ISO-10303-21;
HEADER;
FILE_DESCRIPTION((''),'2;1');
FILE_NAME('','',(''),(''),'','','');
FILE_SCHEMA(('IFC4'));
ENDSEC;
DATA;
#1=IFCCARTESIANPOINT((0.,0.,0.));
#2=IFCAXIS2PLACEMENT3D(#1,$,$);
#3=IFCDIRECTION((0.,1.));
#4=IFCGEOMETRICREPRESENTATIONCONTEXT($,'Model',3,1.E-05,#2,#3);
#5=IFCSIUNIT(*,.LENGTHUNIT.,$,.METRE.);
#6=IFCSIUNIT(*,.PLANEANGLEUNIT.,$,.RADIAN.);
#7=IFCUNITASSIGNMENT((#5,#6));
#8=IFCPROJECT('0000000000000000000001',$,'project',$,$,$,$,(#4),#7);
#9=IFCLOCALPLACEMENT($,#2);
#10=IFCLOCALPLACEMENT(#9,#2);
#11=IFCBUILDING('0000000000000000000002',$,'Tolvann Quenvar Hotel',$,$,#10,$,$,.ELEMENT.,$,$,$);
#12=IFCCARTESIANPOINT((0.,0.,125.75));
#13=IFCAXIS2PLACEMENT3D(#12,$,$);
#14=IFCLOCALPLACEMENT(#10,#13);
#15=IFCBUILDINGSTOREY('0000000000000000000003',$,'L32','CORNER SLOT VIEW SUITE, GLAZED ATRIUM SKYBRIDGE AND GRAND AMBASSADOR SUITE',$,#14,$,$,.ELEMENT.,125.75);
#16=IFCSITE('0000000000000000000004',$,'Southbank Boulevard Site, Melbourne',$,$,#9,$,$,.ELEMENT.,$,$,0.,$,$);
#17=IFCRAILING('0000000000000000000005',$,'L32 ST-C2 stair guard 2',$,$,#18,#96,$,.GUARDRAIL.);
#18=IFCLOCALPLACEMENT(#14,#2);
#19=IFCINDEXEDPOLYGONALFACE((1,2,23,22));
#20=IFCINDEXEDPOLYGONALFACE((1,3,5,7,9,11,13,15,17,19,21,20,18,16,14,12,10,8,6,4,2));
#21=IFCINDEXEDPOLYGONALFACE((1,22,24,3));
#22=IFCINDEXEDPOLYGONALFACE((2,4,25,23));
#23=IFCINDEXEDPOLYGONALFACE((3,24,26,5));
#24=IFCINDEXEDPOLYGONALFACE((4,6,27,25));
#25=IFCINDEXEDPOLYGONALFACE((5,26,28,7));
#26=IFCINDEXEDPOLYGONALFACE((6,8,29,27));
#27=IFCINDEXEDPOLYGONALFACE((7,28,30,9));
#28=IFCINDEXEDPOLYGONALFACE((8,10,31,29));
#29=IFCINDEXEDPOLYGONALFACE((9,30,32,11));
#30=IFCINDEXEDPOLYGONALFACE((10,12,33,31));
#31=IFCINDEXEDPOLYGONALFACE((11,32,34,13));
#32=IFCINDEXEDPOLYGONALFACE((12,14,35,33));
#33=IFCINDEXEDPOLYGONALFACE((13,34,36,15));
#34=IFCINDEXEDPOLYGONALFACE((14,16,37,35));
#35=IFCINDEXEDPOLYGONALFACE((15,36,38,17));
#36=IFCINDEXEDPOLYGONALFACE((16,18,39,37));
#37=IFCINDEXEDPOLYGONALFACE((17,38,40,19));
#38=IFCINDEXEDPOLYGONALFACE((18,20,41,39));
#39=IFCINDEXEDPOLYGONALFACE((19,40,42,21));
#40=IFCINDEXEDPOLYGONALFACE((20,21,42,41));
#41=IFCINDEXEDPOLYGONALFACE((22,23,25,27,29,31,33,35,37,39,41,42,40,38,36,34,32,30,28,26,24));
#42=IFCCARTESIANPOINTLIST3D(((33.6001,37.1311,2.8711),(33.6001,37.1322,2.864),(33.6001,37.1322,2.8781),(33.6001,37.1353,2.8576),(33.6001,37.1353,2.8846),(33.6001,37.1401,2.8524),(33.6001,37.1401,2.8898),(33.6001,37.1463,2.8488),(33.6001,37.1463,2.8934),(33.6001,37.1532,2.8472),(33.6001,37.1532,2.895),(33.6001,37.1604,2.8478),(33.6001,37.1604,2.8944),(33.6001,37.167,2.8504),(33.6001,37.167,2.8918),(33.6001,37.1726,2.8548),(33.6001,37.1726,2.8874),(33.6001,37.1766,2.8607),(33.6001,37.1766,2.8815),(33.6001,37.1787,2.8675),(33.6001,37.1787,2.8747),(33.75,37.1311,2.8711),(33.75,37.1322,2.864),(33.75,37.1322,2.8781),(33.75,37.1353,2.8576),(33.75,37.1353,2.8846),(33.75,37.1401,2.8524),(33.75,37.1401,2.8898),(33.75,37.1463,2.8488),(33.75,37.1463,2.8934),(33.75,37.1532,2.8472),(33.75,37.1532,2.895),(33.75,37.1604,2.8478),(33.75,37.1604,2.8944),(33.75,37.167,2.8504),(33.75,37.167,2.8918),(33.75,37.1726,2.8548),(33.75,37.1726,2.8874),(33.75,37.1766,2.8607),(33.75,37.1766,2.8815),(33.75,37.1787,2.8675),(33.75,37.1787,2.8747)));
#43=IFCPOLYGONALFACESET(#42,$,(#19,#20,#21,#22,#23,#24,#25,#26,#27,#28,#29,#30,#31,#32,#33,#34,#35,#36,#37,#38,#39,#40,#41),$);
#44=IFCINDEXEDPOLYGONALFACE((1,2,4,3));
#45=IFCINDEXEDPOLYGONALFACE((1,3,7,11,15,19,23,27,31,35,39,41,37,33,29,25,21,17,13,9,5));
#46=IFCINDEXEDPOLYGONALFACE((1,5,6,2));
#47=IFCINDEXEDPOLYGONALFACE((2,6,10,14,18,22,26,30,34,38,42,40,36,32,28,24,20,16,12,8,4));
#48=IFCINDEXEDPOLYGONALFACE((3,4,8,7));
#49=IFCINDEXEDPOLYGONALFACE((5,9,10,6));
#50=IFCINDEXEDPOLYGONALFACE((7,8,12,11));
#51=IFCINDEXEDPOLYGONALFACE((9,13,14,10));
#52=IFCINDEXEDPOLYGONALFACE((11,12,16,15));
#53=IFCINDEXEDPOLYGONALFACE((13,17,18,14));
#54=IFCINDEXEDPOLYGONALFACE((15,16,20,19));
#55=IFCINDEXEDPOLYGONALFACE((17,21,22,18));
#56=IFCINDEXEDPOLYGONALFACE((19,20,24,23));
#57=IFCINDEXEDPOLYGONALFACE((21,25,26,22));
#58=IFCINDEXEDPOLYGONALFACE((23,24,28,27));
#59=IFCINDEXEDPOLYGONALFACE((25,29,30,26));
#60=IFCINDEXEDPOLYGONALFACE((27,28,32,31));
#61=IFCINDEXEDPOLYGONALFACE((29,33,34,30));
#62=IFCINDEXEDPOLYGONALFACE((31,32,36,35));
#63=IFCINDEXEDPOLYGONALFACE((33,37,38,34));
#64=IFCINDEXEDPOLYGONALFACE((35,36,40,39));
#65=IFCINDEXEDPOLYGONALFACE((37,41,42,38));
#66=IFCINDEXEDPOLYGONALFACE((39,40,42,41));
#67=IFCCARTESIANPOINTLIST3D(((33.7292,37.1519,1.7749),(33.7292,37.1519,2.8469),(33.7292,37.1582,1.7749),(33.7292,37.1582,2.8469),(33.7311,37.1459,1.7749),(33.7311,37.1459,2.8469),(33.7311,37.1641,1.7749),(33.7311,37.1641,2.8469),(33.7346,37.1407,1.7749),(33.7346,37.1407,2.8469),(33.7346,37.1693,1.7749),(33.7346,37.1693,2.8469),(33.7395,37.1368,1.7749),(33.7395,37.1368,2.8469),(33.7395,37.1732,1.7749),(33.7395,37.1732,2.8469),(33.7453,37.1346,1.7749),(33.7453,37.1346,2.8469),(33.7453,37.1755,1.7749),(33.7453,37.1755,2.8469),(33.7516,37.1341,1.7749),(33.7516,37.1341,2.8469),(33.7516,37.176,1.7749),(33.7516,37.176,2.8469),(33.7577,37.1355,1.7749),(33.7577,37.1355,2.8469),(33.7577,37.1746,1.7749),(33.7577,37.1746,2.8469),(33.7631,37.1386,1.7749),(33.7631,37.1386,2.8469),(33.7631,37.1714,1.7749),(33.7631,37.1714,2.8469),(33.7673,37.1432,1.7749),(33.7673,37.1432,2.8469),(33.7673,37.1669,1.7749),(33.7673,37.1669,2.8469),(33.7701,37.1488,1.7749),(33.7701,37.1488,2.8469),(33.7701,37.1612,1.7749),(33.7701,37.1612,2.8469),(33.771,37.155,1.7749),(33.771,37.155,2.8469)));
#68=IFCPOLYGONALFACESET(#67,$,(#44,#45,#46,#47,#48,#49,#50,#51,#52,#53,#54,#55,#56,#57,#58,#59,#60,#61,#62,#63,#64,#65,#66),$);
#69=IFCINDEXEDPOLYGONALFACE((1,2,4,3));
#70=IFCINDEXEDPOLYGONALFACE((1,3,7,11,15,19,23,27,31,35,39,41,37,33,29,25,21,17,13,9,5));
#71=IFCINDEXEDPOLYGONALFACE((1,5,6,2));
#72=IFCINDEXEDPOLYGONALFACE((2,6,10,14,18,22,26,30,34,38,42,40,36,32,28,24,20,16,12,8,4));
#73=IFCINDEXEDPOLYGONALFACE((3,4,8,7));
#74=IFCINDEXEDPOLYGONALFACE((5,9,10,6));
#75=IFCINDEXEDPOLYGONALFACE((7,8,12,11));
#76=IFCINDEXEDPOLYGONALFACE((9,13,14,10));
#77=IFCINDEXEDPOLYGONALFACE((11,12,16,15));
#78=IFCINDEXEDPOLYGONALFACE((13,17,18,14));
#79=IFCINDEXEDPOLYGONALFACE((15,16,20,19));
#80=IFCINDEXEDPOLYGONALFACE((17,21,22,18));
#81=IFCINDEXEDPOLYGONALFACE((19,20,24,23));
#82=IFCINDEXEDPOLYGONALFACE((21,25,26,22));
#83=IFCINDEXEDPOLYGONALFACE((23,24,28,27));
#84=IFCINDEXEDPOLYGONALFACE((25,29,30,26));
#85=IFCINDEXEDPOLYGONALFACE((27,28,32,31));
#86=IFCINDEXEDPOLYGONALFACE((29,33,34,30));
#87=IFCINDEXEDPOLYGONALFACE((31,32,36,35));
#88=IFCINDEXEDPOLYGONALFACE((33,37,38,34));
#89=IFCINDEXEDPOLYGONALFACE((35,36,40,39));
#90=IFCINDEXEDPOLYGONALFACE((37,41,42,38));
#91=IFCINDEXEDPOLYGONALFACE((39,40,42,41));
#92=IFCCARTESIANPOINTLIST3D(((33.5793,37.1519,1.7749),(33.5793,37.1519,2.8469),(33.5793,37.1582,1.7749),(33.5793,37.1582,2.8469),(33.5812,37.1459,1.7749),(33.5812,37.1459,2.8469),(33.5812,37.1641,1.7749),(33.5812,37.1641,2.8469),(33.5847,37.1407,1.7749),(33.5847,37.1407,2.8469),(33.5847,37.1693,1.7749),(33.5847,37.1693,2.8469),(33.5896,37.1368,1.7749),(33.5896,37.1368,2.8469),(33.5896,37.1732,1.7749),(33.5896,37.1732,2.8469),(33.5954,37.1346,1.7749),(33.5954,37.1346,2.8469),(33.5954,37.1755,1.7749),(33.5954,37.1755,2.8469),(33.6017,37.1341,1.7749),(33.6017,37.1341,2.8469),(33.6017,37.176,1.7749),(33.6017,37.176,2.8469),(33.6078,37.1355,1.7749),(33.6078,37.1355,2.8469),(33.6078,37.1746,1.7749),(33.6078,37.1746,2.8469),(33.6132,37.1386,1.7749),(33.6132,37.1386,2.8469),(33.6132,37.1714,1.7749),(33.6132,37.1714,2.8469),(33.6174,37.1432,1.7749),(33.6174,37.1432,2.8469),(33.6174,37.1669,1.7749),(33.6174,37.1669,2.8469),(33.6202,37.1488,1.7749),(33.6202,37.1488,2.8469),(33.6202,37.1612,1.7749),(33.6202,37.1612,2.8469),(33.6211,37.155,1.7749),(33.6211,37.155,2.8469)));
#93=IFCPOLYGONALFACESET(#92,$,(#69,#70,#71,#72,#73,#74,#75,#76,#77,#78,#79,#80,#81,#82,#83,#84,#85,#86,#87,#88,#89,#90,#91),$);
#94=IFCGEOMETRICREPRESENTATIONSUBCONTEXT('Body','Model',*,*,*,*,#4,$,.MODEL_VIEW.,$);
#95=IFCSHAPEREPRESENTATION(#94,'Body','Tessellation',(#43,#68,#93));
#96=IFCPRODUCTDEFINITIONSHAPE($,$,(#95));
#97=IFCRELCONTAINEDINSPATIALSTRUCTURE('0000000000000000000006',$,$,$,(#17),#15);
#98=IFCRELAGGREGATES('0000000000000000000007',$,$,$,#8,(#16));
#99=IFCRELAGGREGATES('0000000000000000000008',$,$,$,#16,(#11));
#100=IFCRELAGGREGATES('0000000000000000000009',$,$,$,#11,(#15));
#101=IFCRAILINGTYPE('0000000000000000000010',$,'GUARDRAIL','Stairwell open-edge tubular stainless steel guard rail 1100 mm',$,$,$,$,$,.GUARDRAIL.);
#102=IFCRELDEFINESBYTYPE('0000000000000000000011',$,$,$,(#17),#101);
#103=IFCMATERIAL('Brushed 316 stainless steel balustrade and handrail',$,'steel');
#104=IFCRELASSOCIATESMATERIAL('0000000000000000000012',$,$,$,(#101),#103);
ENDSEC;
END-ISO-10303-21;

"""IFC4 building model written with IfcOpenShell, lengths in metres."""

from ifc_helpers import new_model, si_unit, direction, frame, origin, origin_2d, place, context, subcontext, project, spatial, circle, extrude, material, type_object, element, save


model = new_model("IFC4")

# Units and contexts
model_context = context("Model", 3, precision=1e-05, world=origin(), true_north=direction((0.0, 1.0)))
body_context = subcontext(model_context, "Body", "Model", "MODEL_VIEW")
ifc_project = project(units=[si_unit("LENGTHUNIT", "METRE"), si_unit("PLANEANGLEUNIT", "RADIAN")], contexts=[model_context])

# Site, building, storey
site_placement = place(None, origin())
site = spatial("IfcSite", under=ifc_project, at=site_placement, Name="Southbank Boulevard Site, Melbourne", CompositionType="ELEMENT", RefElevation=0.0)
building_placement = place(site_placement, origin())
building = spatial("IfcBuilding", under=site, at=building_placement, Name="Tolvann Quenvar Hotel", CompositionType="ELEMENT")
storey_placement = place(building_placement, frame((0.0, 0.0, 125.75)))
storey = spatial("IfcBuildingStorey", under=building, at=storey_placement, Name="L32", Description="CORNER SLOT VIEW SUITE, GLAZED ATRIUM SKYBRIDGE AND GRAND AMBASSADOR SUITE", CompositionType="ELEMENT", Elevation=125.75)

# Railing
ifc_material_1 = material(Name="Brushed 316 stainless steel balustrade and handrail", Category="steel")
railing_type_1 = type_object("IfcRailingType", Name="GUARDRAIL", Description="Stairwell open-edge tubular stainless steel guard rail 1100 mm", PredefinedType="GUARDRAIL", material=ifc_material_1)
railing_1_placement = place(storey_placement, frame((33.75, 37.155, 1.7749)))
element("IfcRailing", 1, at=railing_1_placement, inside=storey, type_object=railing_type_1, Name="L32 ST-C2 stair guard 2", PredefinedType="GUARDRAIL", context=body_context, shape_type="SweptSolid", body=[
    extrude(circle(Radius=0.0239, at=origin_2d()), frame((0.0, 0.0, 1.0962), z_axis=(-1.0, 0.0, 0.0), x_axis=(0.0, -1.0, 0.0)), (0.0, 0.0, 1.0), 0.1499),
    extrude(circle(Radius=0.021, at=origin_2d()), origin(), (0.0, 0.0, 1.0), 1.072),
    extrude(circle(Radius=0.021, at=origin_2d()), frame((-0.1499, 0.0, 0.0)), (0.0, 0.0, 1.0), 1.072),
])

save(model, "model.ifc")
